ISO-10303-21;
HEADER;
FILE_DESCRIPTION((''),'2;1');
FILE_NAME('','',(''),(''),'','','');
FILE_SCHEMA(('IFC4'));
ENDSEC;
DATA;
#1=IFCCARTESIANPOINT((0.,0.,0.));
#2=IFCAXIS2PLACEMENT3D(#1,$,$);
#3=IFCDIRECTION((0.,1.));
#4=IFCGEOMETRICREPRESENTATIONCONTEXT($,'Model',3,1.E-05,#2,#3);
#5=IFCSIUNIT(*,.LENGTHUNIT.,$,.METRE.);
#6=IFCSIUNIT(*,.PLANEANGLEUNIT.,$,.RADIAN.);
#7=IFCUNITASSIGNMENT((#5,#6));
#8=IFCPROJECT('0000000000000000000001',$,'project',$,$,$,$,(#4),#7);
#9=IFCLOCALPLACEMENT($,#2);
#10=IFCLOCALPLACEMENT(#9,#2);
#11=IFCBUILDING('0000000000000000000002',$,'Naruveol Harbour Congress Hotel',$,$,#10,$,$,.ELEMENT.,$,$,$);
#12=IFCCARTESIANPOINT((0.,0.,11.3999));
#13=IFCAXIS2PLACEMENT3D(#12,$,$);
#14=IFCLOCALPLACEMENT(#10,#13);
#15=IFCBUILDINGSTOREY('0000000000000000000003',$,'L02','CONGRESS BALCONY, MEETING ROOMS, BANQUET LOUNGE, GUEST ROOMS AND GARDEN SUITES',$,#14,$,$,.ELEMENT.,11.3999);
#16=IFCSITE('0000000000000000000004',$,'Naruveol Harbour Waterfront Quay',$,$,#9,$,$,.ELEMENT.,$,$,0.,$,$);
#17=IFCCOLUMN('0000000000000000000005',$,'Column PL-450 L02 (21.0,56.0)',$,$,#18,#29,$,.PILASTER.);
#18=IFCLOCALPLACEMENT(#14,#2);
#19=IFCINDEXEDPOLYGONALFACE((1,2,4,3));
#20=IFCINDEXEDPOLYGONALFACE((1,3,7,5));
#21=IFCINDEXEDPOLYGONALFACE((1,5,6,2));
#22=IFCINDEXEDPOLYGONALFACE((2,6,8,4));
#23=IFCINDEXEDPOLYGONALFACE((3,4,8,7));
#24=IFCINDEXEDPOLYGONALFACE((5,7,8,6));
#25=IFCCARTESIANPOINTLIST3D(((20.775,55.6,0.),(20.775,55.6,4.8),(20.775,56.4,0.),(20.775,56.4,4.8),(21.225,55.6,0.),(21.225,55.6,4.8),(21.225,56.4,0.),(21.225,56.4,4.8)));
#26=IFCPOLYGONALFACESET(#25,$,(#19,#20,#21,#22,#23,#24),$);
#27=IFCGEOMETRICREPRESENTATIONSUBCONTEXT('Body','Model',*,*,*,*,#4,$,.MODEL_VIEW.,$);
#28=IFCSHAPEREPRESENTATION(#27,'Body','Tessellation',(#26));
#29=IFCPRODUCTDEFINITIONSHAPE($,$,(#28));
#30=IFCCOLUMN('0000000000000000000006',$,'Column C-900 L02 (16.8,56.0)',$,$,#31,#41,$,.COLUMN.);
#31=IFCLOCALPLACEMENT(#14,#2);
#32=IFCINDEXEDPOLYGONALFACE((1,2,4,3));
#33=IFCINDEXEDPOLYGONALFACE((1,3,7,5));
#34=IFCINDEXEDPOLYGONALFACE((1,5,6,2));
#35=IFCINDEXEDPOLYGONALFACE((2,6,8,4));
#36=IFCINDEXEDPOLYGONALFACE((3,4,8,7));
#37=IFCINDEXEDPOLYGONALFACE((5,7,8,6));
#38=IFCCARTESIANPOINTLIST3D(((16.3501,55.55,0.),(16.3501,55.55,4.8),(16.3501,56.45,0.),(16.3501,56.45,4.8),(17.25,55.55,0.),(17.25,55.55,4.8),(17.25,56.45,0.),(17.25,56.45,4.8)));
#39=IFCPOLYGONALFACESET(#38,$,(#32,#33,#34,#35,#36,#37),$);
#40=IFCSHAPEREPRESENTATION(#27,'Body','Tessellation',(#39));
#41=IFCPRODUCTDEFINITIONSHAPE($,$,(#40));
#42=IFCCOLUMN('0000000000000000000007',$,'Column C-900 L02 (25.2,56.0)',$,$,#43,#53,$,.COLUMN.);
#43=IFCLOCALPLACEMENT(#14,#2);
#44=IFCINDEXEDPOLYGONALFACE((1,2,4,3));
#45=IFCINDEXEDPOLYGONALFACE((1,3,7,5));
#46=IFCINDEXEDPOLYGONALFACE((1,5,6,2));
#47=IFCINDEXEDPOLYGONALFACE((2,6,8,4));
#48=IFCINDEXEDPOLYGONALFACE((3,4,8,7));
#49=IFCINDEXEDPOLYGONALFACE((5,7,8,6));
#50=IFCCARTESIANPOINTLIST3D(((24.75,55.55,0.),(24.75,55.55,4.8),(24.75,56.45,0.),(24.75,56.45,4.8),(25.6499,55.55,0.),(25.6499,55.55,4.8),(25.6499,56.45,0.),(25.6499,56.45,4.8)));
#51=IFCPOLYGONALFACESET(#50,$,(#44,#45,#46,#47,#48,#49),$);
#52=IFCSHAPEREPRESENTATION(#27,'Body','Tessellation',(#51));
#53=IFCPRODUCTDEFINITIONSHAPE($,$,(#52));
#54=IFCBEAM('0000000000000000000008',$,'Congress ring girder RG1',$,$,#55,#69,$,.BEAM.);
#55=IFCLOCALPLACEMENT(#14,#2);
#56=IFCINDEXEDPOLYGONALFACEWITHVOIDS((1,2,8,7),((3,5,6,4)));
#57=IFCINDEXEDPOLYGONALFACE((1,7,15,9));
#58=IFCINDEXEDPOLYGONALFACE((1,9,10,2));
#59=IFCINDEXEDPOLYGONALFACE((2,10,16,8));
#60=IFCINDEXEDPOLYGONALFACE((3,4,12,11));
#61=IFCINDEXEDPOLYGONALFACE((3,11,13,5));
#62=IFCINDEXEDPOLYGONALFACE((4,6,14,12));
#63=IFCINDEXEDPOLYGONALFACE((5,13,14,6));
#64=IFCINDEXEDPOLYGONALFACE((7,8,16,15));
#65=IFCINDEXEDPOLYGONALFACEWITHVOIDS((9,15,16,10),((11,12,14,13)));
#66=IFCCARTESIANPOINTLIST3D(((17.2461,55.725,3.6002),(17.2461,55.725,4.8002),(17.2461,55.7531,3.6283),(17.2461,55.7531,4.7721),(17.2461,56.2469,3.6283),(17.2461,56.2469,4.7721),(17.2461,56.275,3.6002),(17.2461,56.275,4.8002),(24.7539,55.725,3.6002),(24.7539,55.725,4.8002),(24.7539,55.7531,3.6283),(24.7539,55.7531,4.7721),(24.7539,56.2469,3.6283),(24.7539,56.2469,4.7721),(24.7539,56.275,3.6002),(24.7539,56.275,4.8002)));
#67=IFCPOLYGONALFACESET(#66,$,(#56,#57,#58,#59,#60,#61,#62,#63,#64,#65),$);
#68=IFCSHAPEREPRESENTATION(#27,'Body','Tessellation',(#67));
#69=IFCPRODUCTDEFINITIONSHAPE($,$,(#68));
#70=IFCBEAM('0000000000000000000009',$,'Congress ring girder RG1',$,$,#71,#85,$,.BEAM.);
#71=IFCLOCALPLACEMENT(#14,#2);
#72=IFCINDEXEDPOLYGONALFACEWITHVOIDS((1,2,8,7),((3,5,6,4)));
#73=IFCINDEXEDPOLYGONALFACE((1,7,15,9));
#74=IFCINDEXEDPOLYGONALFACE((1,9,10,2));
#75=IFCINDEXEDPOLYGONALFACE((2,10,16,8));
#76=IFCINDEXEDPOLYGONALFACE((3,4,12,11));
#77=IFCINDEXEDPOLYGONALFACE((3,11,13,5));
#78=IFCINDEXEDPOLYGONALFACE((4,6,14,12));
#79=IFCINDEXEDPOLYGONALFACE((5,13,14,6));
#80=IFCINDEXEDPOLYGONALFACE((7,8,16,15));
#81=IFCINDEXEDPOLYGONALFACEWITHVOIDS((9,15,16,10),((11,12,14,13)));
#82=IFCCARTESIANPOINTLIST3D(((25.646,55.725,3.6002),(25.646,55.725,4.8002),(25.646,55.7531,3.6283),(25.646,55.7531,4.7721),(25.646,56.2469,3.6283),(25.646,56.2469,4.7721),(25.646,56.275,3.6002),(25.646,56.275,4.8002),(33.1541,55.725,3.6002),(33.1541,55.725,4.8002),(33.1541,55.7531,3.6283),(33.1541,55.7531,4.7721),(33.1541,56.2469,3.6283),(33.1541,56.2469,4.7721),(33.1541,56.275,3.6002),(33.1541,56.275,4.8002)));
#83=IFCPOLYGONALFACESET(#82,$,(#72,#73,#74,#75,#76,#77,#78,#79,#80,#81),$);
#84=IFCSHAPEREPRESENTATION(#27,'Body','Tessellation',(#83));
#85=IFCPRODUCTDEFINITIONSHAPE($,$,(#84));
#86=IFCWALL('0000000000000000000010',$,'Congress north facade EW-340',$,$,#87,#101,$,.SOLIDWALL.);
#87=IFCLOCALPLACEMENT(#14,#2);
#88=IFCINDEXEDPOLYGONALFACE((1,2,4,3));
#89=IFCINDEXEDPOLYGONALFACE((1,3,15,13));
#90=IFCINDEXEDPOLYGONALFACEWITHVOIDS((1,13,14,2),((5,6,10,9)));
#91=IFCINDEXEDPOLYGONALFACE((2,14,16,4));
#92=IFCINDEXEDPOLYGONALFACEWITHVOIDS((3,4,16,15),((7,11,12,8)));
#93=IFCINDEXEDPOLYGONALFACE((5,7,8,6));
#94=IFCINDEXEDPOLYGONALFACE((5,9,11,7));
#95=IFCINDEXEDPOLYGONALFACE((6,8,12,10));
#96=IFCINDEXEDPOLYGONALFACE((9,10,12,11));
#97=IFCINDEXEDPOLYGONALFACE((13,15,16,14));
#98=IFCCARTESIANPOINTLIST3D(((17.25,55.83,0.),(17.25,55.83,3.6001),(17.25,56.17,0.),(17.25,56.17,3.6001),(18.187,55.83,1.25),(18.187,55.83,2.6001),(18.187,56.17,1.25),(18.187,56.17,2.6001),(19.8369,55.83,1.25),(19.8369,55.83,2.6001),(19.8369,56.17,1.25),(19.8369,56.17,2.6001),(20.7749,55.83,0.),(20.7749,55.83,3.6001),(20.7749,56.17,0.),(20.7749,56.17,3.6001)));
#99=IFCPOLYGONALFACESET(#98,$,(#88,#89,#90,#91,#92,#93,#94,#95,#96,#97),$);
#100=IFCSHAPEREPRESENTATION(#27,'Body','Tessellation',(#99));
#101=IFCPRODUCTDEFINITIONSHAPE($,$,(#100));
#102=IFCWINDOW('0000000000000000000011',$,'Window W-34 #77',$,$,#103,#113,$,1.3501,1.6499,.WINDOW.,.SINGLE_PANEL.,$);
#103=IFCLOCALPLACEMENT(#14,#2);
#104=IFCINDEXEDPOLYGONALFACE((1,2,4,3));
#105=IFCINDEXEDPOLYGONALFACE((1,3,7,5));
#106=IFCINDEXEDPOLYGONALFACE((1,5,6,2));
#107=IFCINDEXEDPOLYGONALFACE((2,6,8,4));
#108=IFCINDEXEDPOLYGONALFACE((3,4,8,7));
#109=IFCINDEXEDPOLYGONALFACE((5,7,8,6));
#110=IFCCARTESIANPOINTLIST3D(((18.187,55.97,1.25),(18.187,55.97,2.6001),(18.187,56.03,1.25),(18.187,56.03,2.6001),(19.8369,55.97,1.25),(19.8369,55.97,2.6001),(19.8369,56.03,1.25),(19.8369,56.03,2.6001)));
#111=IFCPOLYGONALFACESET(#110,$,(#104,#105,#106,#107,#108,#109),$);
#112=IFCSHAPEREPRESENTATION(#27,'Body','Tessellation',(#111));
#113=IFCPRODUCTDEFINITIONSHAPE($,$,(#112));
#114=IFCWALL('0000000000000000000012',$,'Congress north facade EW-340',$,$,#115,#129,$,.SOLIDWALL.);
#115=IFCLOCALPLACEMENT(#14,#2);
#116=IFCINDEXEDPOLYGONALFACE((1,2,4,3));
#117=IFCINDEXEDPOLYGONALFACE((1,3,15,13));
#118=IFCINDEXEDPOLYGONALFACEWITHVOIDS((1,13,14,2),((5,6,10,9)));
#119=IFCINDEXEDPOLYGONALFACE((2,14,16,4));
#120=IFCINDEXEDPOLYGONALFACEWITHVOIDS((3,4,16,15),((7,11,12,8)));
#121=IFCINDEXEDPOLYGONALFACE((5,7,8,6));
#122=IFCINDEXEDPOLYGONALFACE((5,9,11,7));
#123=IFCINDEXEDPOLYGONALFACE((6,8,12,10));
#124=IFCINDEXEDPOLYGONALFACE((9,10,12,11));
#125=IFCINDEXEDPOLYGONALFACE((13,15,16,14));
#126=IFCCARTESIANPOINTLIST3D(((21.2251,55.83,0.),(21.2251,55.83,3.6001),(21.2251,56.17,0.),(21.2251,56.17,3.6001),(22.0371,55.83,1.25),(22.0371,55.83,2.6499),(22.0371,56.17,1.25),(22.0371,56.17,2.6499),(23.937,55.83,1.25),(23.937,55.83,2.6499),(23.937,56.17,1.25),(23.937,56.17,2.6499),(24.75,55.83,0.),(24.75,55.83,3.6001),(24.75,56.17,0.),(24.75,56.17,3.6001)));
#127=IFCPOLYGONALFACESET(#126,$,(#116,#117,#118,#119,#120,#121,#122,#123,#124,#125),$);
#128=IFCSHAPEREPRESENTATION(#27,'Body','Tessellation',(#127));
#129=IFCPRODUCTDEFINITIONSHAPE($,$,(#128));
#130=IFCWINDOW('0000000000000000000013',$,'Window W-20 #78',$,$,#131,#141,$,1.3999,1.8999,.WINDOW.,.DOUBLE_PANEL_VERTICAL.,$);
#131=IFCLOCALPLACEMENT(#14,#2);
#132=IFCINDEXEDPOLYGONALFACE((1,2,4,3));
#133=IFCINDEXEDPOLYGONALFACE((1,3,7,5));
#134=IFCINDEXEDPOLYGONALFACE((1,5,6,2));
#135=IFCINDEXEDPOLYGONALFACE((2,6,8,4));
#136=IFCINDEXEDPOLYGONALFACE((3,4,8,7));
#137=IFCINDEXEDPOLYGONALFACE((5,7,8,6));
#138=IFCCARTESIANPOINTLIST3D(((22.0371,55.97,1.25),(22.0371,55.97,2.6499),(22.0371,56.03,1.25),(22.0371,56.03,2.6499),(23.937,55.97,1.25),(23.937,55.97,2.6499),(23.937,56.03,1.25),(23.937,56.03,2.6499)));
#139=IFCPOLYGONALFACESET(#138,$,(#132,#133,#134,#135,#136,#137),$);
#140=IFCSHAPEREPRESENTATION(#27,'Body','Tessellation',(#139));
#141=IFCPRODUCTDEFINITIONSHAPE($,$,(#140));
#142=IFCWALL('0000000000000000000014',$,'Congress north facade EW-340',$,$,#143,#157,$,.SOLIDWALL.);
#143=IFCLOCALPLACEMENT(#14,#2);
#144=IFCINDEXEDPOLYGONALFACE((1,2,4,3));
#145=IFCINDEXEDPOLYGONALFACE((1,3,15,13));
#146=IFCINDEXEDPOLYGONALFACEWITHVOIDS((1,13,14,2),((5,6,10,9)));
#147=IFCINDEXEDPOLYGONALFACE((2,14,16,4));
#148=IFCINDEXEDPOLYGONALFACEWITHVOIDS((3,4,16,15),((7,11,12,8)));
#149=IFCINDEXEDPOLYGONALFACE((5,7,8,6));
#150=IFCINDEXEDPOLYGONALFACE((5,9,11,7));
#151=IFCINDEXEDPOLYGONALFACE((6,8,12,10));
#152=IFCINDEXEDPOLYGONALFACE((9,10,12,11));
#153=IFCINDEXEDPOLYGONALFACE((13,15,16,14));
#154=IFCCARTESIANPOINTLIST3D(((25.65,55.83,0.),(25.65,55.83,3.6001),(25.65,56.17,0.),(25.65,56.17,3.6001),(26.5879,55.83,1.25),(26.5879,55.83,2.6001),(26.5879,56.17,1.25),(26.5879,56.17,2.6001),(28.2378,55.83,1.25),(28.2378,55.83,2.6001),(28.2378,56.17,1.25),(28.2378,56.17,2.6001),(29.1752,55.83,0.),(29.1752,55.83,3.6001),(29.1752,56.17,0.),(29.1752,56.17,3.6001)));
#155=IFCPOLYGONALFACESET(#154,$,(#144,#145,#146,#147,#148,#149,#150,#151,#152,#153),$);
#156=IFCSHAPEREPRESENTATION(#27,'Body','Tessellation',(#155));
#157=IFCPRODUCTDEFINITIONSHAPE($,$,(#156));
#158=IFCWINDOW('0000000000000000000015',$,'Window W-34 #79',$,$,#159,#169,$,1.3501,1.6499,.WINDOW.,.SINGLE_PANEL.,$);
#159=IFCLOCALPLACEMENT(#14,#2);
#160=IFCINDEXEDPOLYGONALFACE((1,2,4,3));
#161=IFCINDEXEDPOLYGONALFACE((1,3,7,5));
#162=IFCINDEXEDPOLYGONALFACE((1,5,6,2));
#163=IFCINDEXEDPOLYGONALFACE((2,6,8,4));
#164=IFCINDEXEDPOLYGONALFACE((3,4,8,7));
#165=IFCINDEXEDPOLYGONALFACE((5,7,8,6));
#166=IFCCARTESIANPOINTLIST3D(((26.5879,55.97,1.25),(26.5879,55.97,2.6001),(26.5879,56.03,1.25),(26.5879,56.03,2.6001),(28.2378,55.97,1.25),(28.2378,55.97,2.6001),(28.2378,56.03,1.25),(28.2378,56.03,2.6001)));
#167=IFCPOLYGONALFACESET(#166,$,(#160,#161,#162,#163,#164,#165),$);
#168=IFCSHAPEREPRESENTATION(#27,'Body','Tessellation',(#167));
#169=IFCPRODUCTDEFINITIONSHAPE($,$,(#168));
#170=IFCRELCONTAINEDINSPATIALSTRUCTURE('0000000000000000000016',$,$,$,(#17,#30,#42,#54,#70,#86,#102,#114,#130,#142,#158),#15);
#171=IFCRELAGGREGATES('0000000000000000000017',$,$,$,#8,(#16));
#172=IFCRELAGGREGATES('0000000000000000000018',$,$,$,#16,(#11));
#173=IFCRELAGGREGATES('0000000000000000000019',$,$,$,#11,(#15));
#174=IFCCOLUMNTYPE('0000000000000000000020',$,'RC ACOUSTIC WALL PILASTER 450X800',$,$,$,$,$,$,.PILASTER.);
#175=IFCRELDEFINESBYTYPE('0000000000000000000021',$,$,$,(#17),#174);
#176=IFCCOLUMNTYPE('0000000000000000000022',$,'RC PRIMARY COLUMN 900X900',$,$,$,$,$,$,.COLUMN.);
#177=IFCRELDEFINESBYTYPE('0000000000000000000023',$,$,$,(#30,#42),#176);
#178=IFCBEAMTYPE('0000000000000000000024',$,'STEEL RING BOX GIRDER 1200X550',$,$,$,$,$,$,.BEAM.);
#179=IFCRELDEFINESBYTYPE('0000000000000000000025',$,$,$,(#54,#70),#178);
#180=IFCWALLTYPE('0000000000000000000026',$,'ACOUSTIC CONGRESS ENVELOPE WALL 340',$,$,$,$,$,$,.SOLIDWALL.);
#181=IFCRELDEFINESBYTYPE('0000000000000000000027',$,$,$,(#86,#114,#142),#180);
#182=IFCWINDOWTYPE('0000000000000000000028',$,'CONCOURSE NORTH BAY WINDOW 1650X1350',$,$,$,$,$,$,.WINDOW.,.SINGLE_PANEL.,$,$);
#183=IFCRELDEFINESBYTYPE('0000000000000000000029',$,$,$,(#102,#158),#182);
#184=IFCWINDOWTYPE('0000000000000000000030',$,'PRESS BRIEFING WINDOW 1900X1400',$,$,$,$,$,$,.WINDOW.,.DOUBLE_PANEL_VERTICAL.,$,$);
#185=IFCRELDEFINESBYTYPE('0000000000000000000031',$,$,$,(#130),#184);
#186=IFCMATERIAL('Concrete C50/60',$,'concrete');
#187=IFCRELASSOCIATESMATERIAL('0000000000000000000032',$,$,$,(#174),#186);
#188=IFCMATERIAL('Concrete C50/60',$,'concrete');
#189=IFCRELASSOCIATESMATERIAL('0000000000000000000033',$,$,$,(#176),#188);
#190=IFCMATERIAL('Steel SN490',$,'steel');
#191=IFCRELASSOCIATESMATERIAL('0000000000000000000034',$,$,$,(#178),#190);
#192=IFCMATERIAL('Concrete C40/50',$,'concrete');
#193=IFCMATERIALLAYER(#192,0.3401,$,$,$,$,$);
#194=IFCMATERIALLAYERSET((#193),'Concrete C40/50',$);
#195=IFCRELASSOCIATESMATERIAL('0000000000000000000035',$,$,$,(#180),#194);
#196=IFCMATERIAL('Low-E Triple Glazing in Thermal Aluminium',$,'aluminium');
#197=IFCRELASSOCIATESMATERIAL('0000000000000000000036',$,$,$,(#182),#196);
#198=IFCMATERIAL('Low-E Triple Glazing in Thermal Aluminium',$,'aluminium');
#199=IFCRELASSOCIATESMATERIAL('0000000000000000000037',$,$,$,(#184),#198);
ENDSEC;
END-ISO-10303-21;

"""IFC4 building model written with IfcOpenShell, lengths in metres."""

from ifc_helpers import new_model, si_unit, direction, frame, frame_2d, origin, origin_2d, place, context, subcontext, project, spatial, rectangle, hollow_rectangle, extrude, material, layer, layer_set, material_profile, profile_set, type_object, element, fill, save


model = new_model("IFC4")

# Units and contexts
model_context = context("Model", 3, precision=1e-05, world=origin(), true_north=direction((0.0, 1.0)))
body_context = subcontext(model_context, "Body", "Model", "MODEL_VIEW")
ifc_project = project(units=[si_unit("LENGTHUNIT", "METRE"), si_unit("PLANEANGLEUNIT", "RADIAN")], contexts=[model_context])

# Site, building, storey
site_placement = place(None, origin())
site = spatial("IfcSite", under=ifc_project, at=site_placement, Name="Naruveol Harbour Waterfront Quay", CompositionType="ELEMENT", RefElevation=0.0)
building_placement = place(site_placement, origin())
building = spatial("IfcBuilding", under=site, at=building_placement, Name="Naruveol Harbour Congress Hotel", CompositionType="ELEMENT")
storey_placement = place(building_placement, frame((0.0, 0.0, 11.3999)))
storey = spatial("IfcBuildingStorey", under=building, at=storey_placement, Name="L02", Description="CONGRESS BALCONY, MEETING ROOMS, BANQUET LOUNGE, GUEST ROOMS AND GARDEN SUITES", CompositionType="ELEMENT", Elevation=11.3999)

# Columns
ifc_material_1 = material(Name="Concrete C50/60", Category="concrete")
ifc_material_profile_1 = material_profile(ifc_material_1, rectangle(XDim=0.45, YDim=0.8, at=origin_2d()), Name="RC-450x800")
ifc_profile_set_1 = profile_set([ifc_material_profile_1], Name="Concrete C50/60")
column_type_1 = type_object("IfcColumnType", Name="RC ACOUSTIC WALL PILASTER 450X800", PredefinedType="PILASTER", material=ifc_profile_set_1)
column_placement = place(storey_placement, frame((21.0, 56.0, 0.0), z_axis=(0.0, 0.0, 1.0), x_axis=(1.0, 0.0, 0.0)))
element("IfcColumn", 1, at=column_placement, inside=storey, type_object=column_type_1, Name="Column PL-450 L02 (21.0,56.0)", PredefinedType="PILASTER", context=body_context, shape_type="SweptSolid", body=[
    extrude(rectangle(XDim=0.45, YDim=0.8, at=origin_2d()), origin(), (0.0, 0.0, 1.0), 4.8),
])
ifc_material_2 = material(Name="Concrete C50/60", Category="concrete")
ifc_material_profile_2 = material_profile(ifc_material_2, rectangle(XDim=0.8999, YDim=0.8999, at=origin_2d()), Name="RC-900x900")
ifc_profile_set_2 = profile_set([ifc_material_profile_2], Name="Concrete C50/60")
column_type_2 = type_object("IfcColumnType", Name="RC PRIMARY COLUMN 900X900", PredefinedType="COLUMN", material=ifc_profile_set_2)
for number, where, z_axis, x_axis, name in (
    (2, (16.8, 56.0, 0.0), (0.0, 0.0, 1.0), (1.0, 0.0, 0.0), "Column C-900 L02 (16.8,56.0)"),
    (3, (25.2, 56.0, 0.0), (0.0, 0.0, 1.0), (1.0, 0.0, 0.0), "Column C-900 L02 (25.2,56.0)"),
):
    element("IfcColumn", number, at=place(storey_placement, frame(where, z_axis=z_axis, x_axis=x_axis)), inside=storey, type_object=column_type_2, Name=name, PredefinedType="COLUMN", context=body_context, shape_type="SweptSolid", body=[
        extrude(rectangle(XDim=0.8999, YDim=0.8999, at=origin_2d()), origin(), (0.0, 0.0, 1.0), 4.8),
    ])

# Beams
ifc_material_3 = material(Name="Steel SN490", Category="steel")
ifc_material_profile_3 = material_profile(ifc_material_3, hollow_rectangle(XDim=0.55, YDim=1.2, WallThickness=0.0281, at=origin_2d()), Name="RHS-1200x550x28")
ifc_profile_set_3 = profile_set([ifc_material_profile_3], Name="Steel SN490")
beam_type = type_object("IfcBeamType", Name="STEEL RING BOX GIRDER 1200X550", PredefinedType="BEAM", material=ifc_profile_set_3)
beam_1_placement = place(storey_placement, frame((17.2461, 56.0, 4.2002), z_axis=(1.0, 0.0, 0.0), x_axis=(0.0, 1.0, 0.0)))
element("IfcBeam", 4, at=beam_1_placement, inside=storey, type_object=beam_type, Name="Congress ring girder RG1", PredefinedType="BEAM", context=body_context, shape_type="SweptSolid", body=[
    extrude(hollow_rectangle(XDim=0.55, YDim=1.2, WallThickness=0.0281, at=origin_2d()), origin(), (0.0, 0.0, 1.0), 7.5078),
])
beam_2_placement = place(storey_placement, frame((25.646, 56.0, 4.2002), z_axis=(1.0, 0.0, 0.0), x_axis=(0.0, 1.0, 0.0)))
element("IfcBeam", 5, at=beam_2_placement, inside=storey, type_object=beam_type, Name="Congress ring girder RG1", PredefinedType="BEAM", context=body_context, shape_type="SweptSolid", body=[
    extrude(hollow_rectangle(XDim=0.55, YDim=1.2, WallThickness=0.0281, at=origin_2d()), origin(), (0.0, 0.0, 1.0), 7.5081),
])

# Walls, openings, windows
ifc_material_4 = material(Name="Concrete C40/50", Category="concrete")
ifc_layer_1 = layer(ifc_material_4, 0.3401)
ifc_layer_set_1 = layer_set([ifc_layer_1], Name="Concrete C40/50")
wall_type_1 = type_object("IfcWallType", Name="ACOUSTIC CONGRESS ENVELOPE WALL 340", PredefinedType="SOLIDWALL", material=ifc_layer_set_1)
wall_1_placement = place(storey_placement, frame((17.25, 56.0, 0.0), z_axis=(0.0, 0.0, 1.0), x_axis=(1.0, 0.0, 0.0)))
wall_1 = element("IfcWall", 6, at=wall_1_placement, inside=storey, type_object=wall_type_1, Name="Congress north facade EW-340", PredefinedType="SOLIDWALL", context=body_context, shape_type="SweptSolid", body=[
    extrude(rectangle(XDim=3.5249, YDim=0.3401, at=frame_2d((1.7625, 0.0))), origin(), (0.0, 0.0, 1.0), 3.6001),
])
opening_1_placement = place(wall_1_placement, frame((0.937, 0.0, 1.25)))
opening_1 = element("IfcOpeningElement", 7, at=opening_1_placement, cuts=wall_1, PredefinedType="OPENING", context=body_context, shape_type="SweptSolid", body=[
    extrude(rectangle(XDim=1.6499, YDim=1.3501, at=frame_2d((0.825, 0.675))), frame((0.0, 0.1799, 0.0), z_axis=(0.0, -1.0, 0.0), x_axis=(1.0, 0.0, 0.0)), (0.0, 0.0, 1.0), 0.3601),
])
ifc_material_5 = material(Name="Low-E Triple Glazing in Thermal Aluminium", Category="aluminium")
window_type_1 = type_object("IfcWindowType", Name="CONCOURSE NORTH BAY WINDOW 1650X1350", PartitioningType="SINGLE_PANEL", PredefinedType="WINDOW", material=ifc_material_5)
window_1_placement = place(opening_1_placement, origin())
window_1 = element("IfcWindow", 8, at=window_1_placement, inside=storey, type_object=window_type_1, Name="Window W-34 #77", OverallHeight=1.3501, OverallWidth=1.6499, PartitioningType="SINGLE_PANEL", PredefinedType="WINDOW", context=body_context, shape_type="SweptSolid", body=[
    extrude(rectangle(XDim=1.6499, YDim=1.3501, at=frame_2d((0.825, 0.675))), frame((0.0, 0.03, 0.0), z_axis=(0.0, -1.0, 0.0), x_axis=(1.0, 0.0, 0.0)), (0.0, 0.0, 1.0), 0.0601),
])
fill(opening_1, window_1)
wall_2_placement = place(storey_placement, frame((21.2251, 56.0, 0.0), z_axis=(0.0, 0.0, 1.0), x_axis=(1.0, 0.0, 0.0)))
wall_2 = element("IfcWall", 9, at=wall_2_placement, inside=storey, type_object=wall_type_1, Name="Congress north facade EW-340", PredefinedType="SOLIDWALL", context=body_context, shape_type="SweptSolid", body=[
    extrude(rectangle(XDim=3.5249, YDim=0.3401, at=frame_2d((1.7625, 0.0))), origin(), (0.0, 0.0, 1.0), 3.6001),
])
opening_2_placement = place(wall_2_placement, frame((0.812, 0.0, 1.25)))
opening_2 = element("IfcOpeningElement", 10, at=opening_2_placement, cuts=wall_2, PredefinedType="OPENING", context=body_context, shape_type="SweptSolid", body=[
    extrude(rectangle(XDim=1.8999, YDim=1.3999, at=frame_2d((0.95, 0.7))), frame((0.0, 0.1799, 0.0), z_axis=(0.0, -1.0, 0.0), x_axis=(1.0, 0.0, 0.0)), (0.0, 0.0, 1.0), 0.3601),
])
ifc_material_6 = material(Name="Low-E Triple Glazing in Thermal Aluminium", Category="aluminium")
window_type_2 = type_object("IfcWindowType", Name="PRESS BRIEFING WINDOW 1900X1400", PartitioningType="DOUBLE_PANEL_VERTICAL", PredefinedType="WINDOW", material=ifc_material_6)
window_2_placement = place(opening_2_placement, origin())
window_2 = element("IfcWindow", 11, at=window_2_placement, inside=storey, type_object=window_type_2, Name="Window W-20 #78", OverallHeight=1.3999, OverallWidth=1.8999, PartitioningType="DOUBLE_PANEL_VERTICAL", PredefinedType="WINDOW", context=body_context, shape_type="SweptSolid", body=[
    extrude(rectangle(XDim=1.8999, YDim=1.3999, at=frame_2d((0.95, 0.7))), frame((0.0, 0.03, 0.0), z_axis=(0.0, -1.0, 0.0), x_axis=(1.0, 0.0, 0.0)), (0.0, 0.0, 1.0), 0.0601),
])
fill(opening_2, window_2)
wall_3_placement = place(storey_placement, frame((25.6499, 56.0, 0.0), z_axis=(0.0, 0.0, 1.0), x_axis=(1.0, 0.0, 0.0)))
wall_3 = element("IfcWall", 12, at=wall_3_placement, inside=storey, type_object=wall_type_1, Name="Congress north facade EW-340", PredefinedType="SOLIDWALL", context=body_context, shape_type="SweptSolid", body=[
    extrude(rectangle(XDim=3.5251, YDim=0.3401, at=frame_2d((1.7627, 0.0))), origin(), (0.0, 0.0, 1.0), 3.6001),
])
opening_3_placement = place(wall_3_placement, frame((0.938, 0.0, 1.25)))
opening_3 = element("IfcOpeningElement", 13, at=opening_3_placement, cuts=wall_3, PredefinedType="OPENING", context=body_context, shape_type="SweptSolid", body=[
    extrude(rectangle(XDim=1.6499, YDim=1.3501, at=frame_2d((0.825, 0.675))), frame((0.0, 0.1799, 0.0), z_axis=(0.0, -1.0, 0.0), x_axis=(1.0, 0.0, 0.0)), (0.0, 0.0, 1.0), 0.3601),
])
window_3_placement = place(opening_3_placement, origin())
window_3 = element("IfcWindow", 14, at=window_3_placement, inside=storey, type_object=window_type_1, Name="Window W-34 #79", OverallHeight=1.3501, OverallWidth=1.6499, PartitioningType="SINGLE_PANEL", PredefinedType="WINDOW", context=body_context, shape_type="SweptSolid", body=[
    extrude(rectangle(XDim=1.6499, YDim=1.3501, at=frame_2d((0.825, 0.675))), frame((0.0, 0.03, 0.0), z_axis=(0.0, -1.0, 0.0), x_axis=(1.0, 0.0, 0.0)), (0.0, 0.0, 1.0), 0.0601),
])
fill(opening_3, window_3)

save(model, "model.ifc")
